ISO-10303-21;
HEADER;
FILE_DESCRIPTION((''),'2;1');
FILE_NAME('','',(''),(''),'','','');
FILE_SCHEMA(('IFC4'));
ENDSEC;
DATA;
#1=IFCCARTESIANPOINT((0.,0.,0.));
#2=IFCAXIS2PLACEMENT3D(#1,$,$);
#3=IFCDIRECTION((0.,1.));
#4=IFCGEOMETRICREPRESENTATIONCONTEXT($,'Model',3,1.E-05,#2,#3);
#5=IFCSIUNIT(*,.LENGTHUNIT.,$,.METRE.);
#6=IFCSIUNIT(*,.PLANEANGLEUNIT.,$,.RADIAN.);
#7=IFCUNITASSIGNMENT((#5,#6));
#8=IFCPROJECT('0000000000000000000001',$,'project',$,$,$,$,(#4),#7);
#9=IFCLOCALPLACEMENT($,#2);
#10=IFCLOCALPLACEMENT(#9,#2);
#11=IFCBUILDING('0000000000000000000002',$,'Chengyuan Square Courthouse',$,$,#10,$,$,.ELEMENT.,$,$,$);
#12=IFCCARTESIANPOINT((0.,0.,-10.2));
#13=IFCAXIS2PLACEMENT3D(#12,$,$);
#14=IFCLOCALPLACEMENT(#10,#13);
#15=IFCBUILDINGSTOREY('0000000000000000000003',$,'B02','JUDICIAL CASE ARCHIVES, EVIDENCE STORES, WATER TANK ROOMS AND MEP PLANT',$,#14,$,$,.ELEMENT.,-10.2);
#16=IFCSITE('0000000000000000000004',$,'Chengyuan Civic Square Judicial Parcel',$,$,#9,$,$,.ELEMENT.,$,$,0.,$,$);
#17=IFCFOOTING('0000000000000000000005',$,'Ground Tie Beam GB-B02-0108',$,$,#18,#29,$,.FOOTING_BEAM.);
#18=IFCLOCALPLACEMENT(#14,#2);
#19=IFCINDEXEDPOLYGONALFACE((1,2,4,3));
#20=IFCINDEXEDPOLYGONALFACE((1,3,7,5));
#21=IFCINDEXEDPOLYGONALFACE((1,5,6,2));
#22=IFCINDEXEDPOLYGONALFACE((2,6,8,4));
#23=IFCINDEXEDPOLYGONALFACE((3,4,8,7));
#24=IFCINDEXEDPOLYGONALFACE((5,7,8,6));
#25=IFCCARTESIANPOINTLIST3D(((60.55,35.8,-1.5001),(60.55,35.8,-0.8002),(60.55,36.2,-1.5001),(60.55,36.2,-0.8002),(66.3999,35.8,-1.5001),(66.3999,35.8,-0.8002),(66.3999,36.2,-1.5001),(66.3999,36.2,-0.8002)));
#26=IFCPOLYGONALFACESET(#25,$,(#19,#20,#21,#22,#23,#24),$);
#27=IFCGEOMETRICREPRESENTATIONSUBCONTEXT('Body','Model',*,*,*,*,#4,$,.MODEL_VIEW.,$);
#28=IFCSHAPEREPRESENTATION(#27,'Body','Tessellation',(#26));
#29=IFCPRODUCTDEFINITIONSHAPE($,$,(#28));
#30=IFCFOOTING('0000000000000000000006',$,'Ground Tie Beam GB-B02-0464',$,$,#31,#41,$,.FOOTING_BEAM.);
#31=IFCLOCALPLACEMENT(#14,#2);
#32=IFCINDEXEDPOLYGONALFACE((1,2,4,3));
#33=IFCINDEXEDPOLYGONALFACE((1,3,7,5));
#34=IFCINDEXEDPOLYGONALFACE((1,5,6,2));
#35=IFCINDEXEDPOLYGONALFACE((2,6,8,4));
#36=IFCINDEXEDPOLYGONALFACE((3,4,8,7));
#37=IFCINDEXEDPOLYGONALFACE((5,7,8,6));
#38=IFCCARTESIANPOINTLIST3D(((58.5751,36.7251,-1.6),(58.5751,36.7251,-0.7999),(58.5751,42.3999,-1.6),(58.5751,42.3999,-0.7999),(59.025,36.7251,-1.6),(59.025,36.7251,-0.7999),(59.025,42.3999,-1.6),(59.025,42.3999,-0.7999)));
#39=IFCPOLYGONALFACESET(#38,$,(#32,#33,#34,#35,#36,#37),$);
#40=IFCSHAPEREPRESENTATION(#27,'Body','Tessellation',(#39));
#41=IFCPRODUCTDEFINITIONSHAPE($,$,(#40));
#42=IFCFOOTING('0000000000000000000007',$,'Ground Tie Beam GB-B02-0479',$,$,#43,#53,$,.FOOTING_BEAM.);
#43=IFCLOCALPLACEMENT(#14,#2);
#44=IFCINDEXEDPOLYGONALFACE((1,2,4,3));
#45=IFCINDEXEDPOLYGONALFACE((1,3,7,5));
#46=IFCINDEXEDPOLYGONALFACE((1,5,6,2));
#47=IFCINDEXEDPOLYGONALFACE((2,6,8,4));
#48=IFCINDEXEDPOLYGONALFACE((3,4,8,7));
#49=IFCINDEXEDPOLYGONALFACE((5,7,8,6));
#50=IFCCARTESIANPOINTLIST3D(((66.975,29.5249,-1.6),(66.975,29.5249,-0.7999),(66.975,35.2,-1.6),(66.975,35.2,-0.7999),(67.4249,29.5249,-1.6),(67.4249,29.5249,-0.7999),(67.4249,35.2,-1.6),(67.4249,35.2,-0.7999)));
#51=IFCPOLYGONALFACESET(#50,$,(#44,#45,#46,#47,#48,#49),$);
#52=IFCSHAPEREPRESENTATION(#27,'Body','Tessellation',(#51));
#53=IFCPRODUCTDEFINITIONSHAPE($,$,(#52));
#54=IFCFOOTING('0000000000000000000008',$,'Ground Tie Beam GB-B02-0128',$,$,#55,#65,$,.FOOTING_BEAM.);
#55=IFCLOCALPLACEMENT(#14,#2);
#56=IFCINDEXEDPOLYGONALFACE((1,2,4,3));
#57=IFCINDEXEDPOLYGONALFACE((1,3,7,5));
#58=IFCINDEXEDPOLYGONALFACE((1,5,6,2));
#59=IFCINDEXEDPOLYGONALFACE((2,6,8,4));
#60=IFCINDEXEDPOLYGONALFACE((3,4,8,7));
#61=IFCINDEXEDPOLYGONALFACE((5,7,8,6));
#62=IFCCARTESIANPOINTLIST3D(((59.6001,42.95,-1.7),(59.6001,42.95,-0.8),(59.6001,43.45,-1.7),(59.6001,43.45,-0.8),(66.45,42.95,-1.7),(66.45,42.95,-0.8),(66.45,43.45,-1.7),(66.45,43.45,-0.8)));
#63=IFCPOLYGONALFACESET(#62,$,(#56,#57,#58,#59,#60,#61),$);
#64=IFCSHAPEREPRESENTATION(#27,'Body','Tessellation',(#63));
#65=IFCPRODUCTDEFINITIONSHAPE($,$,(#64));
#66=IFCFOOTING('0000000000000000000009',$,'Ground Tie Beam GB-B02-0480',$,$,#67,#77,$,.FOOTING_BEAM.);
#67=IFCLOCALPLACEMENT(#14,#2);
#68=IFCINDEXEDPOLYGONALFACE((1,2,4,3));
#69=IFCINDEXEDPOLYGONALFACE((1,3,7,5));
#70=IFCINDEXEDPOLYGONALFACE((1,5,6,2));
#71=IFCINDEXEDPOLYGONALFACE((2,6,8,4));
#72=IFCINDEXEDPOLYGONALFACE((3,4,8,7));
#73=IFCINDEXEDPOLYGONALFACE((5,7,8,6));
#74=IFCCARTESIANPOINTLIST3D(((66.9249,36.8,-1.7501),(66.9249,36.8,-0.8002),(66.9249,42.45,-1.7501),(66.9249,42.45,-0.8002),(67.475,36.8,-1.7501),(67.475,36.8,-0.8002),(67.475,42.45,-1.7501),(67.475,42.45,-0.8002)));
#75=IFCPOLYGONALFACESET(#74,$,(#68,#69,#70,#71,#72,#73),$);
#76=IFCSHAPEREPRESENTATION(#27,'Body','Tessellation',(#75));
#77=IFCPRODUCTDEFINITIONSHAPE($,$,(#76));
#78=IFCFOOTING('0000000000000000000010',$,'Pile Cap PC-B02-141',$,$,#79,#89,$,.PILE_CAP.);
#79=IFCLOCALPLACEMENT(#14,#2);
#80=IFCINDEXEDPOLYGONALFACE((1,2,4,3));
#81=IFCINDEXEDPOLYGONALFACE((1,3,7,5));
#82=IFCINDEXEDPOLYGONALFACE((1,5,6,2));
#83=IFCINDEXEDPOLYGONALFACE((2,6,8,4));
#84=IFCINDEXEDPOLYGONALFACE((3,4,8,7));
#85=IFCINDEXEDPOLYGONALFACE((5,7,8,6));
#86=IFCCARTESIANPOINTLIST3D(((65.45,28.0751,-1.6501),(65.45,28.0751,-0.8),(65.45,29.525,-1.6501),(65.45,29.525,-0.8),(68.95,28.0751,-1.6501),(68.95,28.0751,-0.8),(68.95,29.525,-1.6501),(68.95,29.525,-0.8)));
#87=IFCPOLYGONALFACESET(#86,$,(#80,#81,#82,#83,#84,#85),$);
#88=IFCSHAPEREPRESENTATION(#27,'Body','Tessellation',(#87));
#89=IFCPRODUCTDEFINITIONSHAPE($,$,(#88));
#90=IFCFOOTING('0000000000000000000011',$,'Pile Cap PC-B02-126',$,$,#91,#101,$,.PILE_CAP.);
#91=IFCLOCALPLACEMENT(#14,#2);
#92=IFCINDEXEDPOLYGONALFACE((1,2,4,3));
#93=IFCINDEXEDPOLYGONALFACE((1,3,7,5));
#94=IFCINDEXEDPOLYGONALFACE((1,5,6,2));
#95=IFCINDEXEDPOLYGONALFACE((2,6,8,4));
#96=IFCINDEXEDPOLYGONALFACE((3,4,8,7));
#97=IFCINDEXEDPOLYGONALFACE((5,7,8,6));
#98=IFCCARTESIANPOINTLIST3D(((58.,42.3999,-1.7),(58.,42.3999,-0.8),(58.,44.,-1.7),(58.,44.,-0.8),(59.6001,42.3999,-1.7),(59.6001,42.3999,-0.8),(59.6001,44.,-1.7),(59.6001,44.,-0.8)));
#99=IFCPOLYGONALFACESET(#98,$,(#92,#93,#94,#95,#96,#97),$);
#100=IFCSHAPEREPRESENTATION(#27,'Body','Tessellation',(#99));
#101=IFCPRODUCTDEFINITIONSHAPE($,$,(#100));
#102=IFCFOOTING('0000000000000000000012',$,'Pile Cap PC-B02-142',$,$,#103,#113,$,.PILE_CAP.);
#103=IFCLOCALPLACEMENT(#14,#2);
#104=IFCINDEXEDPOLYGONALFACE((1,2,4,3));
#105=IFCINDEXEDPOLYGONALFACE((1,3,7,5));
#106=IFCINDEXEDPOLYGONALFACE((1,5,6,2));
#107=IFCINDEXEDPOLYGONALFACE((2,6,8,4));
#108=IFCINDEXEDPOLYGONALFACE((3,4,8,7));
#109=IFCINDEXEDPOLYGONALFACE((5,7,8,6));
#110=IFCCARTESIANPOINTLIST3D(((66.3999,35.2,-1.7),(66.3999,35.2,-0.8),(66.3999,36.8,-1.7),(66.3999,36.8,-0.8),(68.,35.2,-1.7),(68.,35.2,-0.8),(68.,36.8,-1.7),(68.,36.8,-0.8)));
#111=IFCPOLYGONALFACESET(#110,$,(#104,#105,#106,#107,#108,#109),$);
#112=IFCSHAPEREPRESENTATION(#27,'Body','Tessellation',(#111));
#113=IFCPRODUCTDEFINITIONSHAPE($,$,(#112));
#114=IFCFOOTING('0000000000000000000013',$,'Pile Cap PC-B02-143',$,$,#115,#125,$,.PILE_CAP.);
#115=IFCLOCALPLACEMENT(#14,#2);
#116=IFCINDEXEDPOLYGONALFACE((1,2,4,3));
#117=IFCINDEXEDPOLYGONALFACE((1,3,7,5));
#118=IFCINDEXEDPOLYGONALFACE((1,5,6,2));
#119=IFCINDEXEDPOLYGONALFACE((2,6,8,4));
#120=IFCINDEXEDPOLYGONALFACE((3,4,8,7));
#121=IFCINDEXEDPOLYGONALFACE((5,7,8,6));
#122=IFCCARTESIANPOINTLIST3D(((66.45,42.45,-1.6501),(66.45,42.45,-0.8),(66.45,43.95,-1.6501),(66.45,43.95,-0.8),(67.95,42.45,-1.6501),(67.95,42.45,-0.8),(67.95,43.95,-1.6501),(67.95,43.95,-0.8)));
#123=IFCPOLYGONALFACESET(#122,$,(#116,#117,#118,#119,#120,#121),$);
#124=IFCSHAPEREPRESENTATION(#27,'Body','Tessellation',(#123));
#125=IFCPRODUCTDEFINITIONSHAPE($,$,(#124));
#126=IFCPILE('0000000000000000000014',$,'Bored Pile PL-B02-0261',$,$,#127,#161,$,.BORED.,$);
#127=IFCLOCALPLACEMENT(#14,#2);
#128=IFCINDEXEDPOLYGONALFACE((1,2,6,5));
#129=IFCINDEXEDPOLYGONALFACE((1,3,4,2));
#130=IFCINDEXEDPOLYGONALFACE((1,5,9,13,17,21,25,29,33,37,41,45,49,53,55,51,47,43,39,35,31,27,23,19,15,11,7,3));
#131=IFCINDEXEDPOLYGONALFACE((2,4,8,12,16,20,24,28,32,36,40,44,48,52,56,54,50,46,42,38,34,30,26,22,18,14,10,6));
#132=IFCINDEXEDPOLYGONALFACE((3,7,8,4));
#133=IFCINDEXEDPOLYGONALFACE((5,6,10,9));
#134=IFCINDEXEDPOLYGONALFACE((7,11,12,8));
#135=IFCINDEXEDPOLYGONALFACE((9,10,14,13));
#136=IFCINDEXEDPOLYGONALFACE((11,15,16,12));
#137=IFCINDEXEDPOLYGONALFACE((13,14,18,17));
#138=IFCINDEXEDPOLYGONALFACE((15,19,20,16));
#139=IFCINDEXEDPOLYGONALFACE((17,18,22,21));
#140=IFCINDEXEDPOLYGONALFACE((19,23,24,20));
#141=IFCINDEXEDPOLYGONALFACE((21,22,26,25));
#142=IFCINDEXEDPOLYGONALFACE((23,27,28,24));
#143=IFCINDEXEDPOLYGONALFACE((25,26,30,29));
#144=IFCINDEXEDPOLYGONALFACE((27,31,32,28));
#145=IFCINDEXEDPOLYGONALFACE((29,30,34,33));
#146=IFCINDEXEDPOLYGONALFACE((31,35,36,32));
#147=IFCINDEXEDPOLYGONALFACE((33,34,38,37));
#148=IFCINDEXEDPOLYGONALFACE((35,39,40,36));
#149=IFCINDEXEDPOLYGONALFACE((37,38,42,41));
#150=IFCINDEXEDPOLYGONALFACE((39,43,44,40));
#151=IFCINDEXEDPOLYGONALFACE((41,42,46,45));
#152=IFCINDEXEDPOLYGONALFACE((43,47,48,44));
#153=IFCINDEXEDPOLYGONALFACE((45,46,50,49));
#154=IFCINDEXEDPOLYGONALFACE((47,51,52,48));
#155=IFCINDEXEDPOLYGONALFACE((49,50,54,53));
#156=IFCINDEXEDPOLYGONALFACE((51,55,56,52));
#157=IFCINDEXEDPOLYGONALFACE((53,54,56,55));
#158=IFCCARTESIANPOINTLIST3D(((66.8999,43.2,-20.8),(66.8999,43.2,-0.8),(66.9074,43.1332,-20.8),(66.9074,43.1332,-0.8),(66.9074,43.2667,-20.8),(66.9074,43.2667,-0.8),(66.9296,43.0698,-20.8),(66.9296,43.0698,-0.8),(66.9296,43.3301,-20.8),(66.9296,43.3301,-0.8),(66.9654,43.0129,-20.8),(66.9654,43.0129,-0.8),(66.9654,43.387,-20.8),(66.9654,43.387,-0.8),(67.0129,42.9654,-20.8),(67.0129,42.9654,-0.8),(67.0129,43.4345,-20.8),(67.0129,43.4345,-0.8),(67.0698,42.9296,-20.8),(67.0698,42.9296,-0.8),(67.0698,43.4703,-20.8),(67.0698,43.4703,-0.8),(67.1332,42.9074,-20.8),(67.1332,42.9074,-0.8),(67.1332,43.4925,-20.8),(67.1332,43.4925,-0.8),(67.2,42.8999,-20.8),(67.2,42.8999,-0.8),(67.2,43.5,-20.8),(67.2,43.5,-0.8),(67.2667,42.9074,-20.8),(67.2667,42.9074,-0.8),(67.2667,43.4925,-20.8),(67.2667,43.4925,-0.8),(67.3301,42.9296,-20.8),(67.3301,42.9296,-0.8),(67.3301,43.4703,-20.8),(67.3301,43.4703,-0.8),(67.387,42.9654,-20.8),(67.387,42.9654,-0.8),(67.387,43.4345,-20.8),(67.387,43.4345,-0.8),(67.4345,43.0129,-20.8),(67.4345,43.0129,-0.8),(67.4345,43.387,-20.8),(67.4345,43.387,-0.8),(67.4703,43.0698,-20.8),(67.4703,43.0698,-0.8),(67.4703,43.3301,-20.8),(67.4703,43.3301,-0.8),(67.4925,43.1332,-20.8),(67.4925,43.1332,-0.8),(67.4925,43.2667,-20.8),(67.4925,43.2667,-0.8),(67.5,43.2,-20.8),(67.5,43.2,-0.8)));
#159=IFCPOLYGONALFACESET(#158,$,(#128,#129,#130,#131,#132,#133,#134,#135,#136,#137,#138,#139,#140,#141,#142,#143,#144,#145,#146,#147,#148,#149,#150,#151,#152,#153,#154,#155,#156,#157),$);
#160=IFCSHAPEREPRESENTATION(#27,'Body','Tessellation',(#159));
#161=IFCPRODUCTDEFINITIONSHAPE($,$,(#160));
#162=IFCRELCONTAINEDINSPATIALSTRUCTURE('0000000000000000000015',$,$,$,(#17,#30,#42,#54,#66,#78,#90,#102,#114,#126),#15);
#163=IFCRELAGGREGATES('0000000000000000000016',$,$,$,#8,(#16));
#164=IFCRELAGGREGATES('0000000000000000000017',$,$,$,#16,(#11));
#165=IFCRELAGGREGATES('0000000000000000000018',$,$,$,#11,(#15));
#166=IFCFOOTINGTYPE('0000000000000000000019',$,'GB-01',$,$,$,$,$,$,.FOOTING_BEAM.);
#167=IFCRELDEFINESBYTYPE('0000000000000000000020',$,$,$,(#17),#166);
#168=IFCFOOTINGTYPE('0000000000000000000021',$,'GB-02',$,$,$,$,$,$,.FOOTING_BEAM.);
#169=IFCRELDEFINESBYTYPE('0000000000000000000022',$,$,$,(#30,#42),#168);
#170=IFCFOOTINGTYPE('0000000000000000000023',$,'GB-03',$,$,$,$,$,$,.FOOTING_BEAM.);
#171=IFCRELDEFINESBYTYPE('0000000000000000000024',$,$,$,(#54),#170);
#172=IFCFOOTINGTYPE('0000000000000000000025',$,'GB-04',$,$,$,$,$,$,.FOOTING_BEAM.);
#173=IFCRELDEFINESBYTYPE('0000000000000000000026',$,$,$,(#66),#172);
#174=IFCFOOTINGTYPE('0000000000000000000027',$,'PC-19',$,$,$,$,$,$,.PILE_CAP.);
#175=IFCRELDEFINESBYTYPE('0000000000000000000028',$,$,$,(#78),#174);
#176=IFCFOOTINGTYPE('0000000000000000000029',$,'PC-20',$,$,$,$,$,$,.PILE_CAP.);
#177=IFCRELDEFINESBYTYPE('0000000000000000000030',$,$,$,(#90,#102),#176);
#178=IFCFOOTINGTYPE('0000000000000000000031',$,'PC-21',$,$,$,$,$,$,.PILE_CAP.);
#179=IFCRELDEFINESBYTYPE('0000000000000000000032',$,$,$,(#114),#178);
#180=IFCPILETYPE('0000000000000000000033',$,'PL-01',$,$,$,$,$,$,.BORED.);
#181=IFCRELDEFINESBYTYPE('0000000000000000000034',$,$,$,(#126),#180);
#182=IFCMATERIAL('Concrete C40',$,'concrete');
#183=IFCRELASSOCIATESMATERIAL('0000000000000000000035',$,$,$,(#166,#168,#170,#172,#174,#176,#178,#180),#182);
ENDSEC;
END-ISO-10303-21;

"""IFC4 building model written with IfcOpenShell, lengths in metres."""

from ifc_helpers import new_model, si_unit, direction, frame, origin, origin_2d, place, context, subcontext, project, spatial, rectangle, circle, extrude, material, material_profile, profile_set, type_object, element, save


model = new_model("IFC4")

# Units and contexts
model_context = context("Model", 3, precision=1e-05, world=origin(), true_north=direction((0.0, 1.0)))
body_context = subcontext(model_context, "Body", "Model", "MODEL_VIEW")
ifc_project = project(units=[si_unit("LENGTHUNIT", "METRE"), si_unit("PLANEANGLEUNIT", "RADIAN")], contexts=[model_context])

# Site, building, storey
site_placement = place(None, origin())
site = spatial("IfcSite", under=ifc_project, at=site_placement, Name="Chengyuan Civic Square Judicial Parcel", CompositionType="ELEMENT", RefElevation=0.0)
building_placement = place(site_placement, origin())
building = spatial("IfcBuilding", under=site, at=building_placement, Name="Chengyuan Square Courthouse", CompositionType="ELEMENT")
storey_placement = place(building_placement, frame((0.0, 0.0, -10.2)))
storey = spatial("IfcBuildingStorey", under=building, at=storey_placement, Name="B02", Description="JUDICIAL CASE ARCHIVES, EVIDENCE STORES, WATER TANK ROOMS AND MEP PLANT", CompositionType="ELEMENT", Elevation=-10.2)

# Footings
ifc_material_1 = material(Name="Concrete C40", Category="concrete")
ifc_material_profile_1 = material_profile(ifc_material_1, rectangle(XDim=0.3999, YDim=0.7, at=origin_2d()), Name="GB-400x700")
ifc_profile_set_1 = profile_set([ifc_material_profile_1], Name="Concrete C40")
footing_type_1 = type_object("IfcFootingType", Name="GB-01", PredefinedType="FOOTING_BEAM", material=ifc_profile_set_1)
footing_1_placement = place(storey_placement, frame((60.55, 36.0, -1.1501), z_axis=(1.0, 0.0, 0.0), x_axis=(0.0, 1.0, 0.0)))
element("IfcFooting", 1, at=footing_1_placement, inside=storey, type_object=footing_type_1, Name="Ground Tie Beam GB-B02-0108", PredefinedType="FOOTING_BEAM", context=body_context, shape_type="SweptSolid", body=[
    extrude(rectangle(XDim=0.3999, YDim=0.7, at=origin_2d()), origin(), (0.0, 0.0, 1.0), 5.8499),
])
ifc_material_profile_2 = material_profile(ifc_material_1, rectangle(XDim=0.45, YDim=0.8, at=origin_2d()), Name="GB-450x800")
ifc_profile_set_2 = profile_set([ifc_material_profile_2], Name="Concrete C40")
footing_type_2 = type_object("IfcFootingType", Name="GB-02", PredefinedType="FOOTING_BEAM", material=ifc_profile_set_2)
footing_2_placement = place(storey_placement, frame((58.8, 36.7251, -1.2), z_axis=(0.0, 1.0, 0.0), x_axis=(-1.0, 0.0, 0.0)))
element("IfcFooting", 2, at=footing_2_placement, inside=storey, type_object=footing_type_2, Name="Ground Tie Beam GB-B02-0464", PredefinedType="FOOTING_BEAM", context=body_context, shape_type="SweptSolid", body=[
    extrude(rectangle(XDim=0.45, YDim=0.8, at=origin_2d()), origin(), (0.0, 0.0, 1.0), 5.6748),
])
footing_3_placement = place(storey_placement, frame((67.2, 29.5249, -1.2), z_axis=(0.0, 1.0, 0.0), x_axis=(-1.0, 0.0, 0.0)))
element("IfcFooting", 3, at=footing_3_placement, inside=storey, type_object=footing_type_2, Name="Ground Tie Beam GB-B02-0479", PredefinedType="FOOTING_BEAM", context=body_context, shape_type="SweptSolid", body=[
    extrude(rectangle(XDim=0.45, YDim=0.8, at=origin_2d()), origin(), (0.0, 0.0, 1.0), 5.675),
])
ifc_material_profile_3 = material_profile(ifc_material_1, rectangle(XDim=0.5, YDim=0.8999, at=origin_2d()), Name="GB-500x900")
ifc_profile_set_3 = profile_set([ifc_material_profile_3], Name="Concrete C40")
footing_type_3 = type_object("IfcFootingType", Name="GB-03", PredefinedType="FOOTING_BEAM", material=ifc_profile_set_3)
footing_4_placement = place(storey_placement, frame((59.6001, 43.2, -1.25), z_axis=(1.0, 0.0, 0.0), x_axis=(0.0, 1.0, 0.0)))
element("IfcFooting", 4, at=footing_4_placement, inside=storey, type_object=footing_type_3, Name="Ground Tie Beam GB-B02-0128", PredefinedType="FOOTING_BEAM", context=body_context, shape_type="SweptSolid", body=[
    extrude(rectangle(XDim=0.5, YDim=0.8999, at=origin_2d()), origin(), (0.0, 0.0, 1.0), 6.8499),
])
ifc_material_profile_4 = material_profile(ifc_material_1, rectangle(XDim=0.55, YDim=0.95, at=origin_2d()), Name="GB-550x950")
ifc_profile_set_4 = profile_set([ifc_material_profile_4], Name="Concrete C40")
footing_type_4 = type_object("IfcFootingType", Name="GB-04", PredefinedType="FOOTING_BEAM", material=ifc_profile_set_4)
footing_5_placement = place(storey_placement, frame((67.2, 36.8, -1.2751), z_axis=(0.0, 1.0, 0.0), x_axis=(-1.0, 0.0, 0.0)))
element("IfcFooting", 5, at=footing_5_placement, inside=storey, type_object=footing_type_4, Name="Ground Tie Beam GB-B02-0480", PredefinedType="FOOTING_BEAM", context=body_context, shape_type="SweptSolid", body=[
    extrude(rectangle(XDim=0.55, YDim=0.95, at=origin_2d()), origin(), (0.0, 0.0, 1.0), 5.6499),
])
footing_type_5 = type_object("IfcFootingType", Name="PC-19", PredefinedType="PILE_CAP", material=ifc_material_1)
footing_6_placement = place(storey_placement, frame((67.2, 28.8, -1.6501), z_axis=(0.0, 0.0, 1.0), x_axis=(1.0, 0.0, 0.0)))
element("IfcFooting", 6, at=footing_6_placement, inside=storey, type_object=footing_type_5, Name="Pile Cap PC-B02-141", PredefinedType="PILE_CAP", context=body_context, shape_type="SweptSolid", body=[
    extrude(rectangle(XDim=3.5, YDim=1.45, at=origin_2d()), origin(), (0.0, 0.0, 1.0), 0.8501),
])
footing_type_6 = type_object("IfcFootingType", Name="PC-20", PredefinedType="PILE_CAP", material=ifc_material_1)
for number, where, z_axis, x_axis, name in (
    (7, (58.8, 43.2, -1.7), (0.0, 0.0, 1.0), (1.0, 0.0, 0.0), "Pile Cap PC-B02-126"),
    (8, (67.2, 36.0, -1.7), (0.0, 0.0, 1.0), (1.0, 0.0, 0.0), "Pile Cap PC-B02-142"),
):
    element("IfcFooting", number, at=place(storey_placement, frame(where, z_axis=z_axis, x_axis=x_axis)), inside=storey, type_object=footing_type_6, Name=name, PredefinedType="PILE_CAP", context=body_context, shape_type="SweptSolid", body=[
        extrude(rectangle(XDim=1.6001, YDim=1.6001, at=origin_2d()), origin(), (0.0, 0.0, 1.0), 0.8999),
    ])
footing_type_7 = type_object("IfcFootingType", Name="PC-21", PredefinedType="PILE_CAP", material=ifc_material_1)
footing_7_placement = place(storey_placement, frame((67.2, 43.2, -1.6501), z_axis=(0.0, 0.0, 1.0), x_axis=(1.0, 0.0, 0.0)))
element("IfcFooting", 9, at=footing_7_placement, inside=storey, type_object=footing_type_7, Name="Pile Cap PC-B02-143", PredefinedType="PILE_CAP", context=body_context, shape_type="SweptSolid", body=[
    extrude(rectangle(XDim=1.5, YDim=1.5, at=origin_2d()), origin(), (0.0, 0.0, 1.0), 0.8501),
])

# Pile
ifc_material_profile_5 = material_profile(ifc_material_1, circle(Radius=0.3, at=origin_2d()), Name="BORED PILE D600")
ifc_profile_set_5 = profile_set([ifc_material_profile_5], Name="Concrete C40")
pile_type_1 = type_object("IfcPileType", Name="PL-01", PredefinedType="BORED", material=ifc_profile_set_5)
pile_placement = place(storey_placement, frame((67.2, 43.2, -0.8), z_axis=(0.0, 0.0, -1.0), x_axis=(1.0, 0.0, 0.0)))
element("IfcPile", 10, at=pile_placement, inside=storey, type_object=pile_type_1, Name="Bored Pile PL-B02-0261", PredefinedType="BORED", context=body_context, shape_type="SweptSolid", body=[
    extrude(circle(Radius=0.3, at=origin_2d()), origin(), (0.0, 0.0, 1.0), 20.0),
])

save(model, "model.ifc")
